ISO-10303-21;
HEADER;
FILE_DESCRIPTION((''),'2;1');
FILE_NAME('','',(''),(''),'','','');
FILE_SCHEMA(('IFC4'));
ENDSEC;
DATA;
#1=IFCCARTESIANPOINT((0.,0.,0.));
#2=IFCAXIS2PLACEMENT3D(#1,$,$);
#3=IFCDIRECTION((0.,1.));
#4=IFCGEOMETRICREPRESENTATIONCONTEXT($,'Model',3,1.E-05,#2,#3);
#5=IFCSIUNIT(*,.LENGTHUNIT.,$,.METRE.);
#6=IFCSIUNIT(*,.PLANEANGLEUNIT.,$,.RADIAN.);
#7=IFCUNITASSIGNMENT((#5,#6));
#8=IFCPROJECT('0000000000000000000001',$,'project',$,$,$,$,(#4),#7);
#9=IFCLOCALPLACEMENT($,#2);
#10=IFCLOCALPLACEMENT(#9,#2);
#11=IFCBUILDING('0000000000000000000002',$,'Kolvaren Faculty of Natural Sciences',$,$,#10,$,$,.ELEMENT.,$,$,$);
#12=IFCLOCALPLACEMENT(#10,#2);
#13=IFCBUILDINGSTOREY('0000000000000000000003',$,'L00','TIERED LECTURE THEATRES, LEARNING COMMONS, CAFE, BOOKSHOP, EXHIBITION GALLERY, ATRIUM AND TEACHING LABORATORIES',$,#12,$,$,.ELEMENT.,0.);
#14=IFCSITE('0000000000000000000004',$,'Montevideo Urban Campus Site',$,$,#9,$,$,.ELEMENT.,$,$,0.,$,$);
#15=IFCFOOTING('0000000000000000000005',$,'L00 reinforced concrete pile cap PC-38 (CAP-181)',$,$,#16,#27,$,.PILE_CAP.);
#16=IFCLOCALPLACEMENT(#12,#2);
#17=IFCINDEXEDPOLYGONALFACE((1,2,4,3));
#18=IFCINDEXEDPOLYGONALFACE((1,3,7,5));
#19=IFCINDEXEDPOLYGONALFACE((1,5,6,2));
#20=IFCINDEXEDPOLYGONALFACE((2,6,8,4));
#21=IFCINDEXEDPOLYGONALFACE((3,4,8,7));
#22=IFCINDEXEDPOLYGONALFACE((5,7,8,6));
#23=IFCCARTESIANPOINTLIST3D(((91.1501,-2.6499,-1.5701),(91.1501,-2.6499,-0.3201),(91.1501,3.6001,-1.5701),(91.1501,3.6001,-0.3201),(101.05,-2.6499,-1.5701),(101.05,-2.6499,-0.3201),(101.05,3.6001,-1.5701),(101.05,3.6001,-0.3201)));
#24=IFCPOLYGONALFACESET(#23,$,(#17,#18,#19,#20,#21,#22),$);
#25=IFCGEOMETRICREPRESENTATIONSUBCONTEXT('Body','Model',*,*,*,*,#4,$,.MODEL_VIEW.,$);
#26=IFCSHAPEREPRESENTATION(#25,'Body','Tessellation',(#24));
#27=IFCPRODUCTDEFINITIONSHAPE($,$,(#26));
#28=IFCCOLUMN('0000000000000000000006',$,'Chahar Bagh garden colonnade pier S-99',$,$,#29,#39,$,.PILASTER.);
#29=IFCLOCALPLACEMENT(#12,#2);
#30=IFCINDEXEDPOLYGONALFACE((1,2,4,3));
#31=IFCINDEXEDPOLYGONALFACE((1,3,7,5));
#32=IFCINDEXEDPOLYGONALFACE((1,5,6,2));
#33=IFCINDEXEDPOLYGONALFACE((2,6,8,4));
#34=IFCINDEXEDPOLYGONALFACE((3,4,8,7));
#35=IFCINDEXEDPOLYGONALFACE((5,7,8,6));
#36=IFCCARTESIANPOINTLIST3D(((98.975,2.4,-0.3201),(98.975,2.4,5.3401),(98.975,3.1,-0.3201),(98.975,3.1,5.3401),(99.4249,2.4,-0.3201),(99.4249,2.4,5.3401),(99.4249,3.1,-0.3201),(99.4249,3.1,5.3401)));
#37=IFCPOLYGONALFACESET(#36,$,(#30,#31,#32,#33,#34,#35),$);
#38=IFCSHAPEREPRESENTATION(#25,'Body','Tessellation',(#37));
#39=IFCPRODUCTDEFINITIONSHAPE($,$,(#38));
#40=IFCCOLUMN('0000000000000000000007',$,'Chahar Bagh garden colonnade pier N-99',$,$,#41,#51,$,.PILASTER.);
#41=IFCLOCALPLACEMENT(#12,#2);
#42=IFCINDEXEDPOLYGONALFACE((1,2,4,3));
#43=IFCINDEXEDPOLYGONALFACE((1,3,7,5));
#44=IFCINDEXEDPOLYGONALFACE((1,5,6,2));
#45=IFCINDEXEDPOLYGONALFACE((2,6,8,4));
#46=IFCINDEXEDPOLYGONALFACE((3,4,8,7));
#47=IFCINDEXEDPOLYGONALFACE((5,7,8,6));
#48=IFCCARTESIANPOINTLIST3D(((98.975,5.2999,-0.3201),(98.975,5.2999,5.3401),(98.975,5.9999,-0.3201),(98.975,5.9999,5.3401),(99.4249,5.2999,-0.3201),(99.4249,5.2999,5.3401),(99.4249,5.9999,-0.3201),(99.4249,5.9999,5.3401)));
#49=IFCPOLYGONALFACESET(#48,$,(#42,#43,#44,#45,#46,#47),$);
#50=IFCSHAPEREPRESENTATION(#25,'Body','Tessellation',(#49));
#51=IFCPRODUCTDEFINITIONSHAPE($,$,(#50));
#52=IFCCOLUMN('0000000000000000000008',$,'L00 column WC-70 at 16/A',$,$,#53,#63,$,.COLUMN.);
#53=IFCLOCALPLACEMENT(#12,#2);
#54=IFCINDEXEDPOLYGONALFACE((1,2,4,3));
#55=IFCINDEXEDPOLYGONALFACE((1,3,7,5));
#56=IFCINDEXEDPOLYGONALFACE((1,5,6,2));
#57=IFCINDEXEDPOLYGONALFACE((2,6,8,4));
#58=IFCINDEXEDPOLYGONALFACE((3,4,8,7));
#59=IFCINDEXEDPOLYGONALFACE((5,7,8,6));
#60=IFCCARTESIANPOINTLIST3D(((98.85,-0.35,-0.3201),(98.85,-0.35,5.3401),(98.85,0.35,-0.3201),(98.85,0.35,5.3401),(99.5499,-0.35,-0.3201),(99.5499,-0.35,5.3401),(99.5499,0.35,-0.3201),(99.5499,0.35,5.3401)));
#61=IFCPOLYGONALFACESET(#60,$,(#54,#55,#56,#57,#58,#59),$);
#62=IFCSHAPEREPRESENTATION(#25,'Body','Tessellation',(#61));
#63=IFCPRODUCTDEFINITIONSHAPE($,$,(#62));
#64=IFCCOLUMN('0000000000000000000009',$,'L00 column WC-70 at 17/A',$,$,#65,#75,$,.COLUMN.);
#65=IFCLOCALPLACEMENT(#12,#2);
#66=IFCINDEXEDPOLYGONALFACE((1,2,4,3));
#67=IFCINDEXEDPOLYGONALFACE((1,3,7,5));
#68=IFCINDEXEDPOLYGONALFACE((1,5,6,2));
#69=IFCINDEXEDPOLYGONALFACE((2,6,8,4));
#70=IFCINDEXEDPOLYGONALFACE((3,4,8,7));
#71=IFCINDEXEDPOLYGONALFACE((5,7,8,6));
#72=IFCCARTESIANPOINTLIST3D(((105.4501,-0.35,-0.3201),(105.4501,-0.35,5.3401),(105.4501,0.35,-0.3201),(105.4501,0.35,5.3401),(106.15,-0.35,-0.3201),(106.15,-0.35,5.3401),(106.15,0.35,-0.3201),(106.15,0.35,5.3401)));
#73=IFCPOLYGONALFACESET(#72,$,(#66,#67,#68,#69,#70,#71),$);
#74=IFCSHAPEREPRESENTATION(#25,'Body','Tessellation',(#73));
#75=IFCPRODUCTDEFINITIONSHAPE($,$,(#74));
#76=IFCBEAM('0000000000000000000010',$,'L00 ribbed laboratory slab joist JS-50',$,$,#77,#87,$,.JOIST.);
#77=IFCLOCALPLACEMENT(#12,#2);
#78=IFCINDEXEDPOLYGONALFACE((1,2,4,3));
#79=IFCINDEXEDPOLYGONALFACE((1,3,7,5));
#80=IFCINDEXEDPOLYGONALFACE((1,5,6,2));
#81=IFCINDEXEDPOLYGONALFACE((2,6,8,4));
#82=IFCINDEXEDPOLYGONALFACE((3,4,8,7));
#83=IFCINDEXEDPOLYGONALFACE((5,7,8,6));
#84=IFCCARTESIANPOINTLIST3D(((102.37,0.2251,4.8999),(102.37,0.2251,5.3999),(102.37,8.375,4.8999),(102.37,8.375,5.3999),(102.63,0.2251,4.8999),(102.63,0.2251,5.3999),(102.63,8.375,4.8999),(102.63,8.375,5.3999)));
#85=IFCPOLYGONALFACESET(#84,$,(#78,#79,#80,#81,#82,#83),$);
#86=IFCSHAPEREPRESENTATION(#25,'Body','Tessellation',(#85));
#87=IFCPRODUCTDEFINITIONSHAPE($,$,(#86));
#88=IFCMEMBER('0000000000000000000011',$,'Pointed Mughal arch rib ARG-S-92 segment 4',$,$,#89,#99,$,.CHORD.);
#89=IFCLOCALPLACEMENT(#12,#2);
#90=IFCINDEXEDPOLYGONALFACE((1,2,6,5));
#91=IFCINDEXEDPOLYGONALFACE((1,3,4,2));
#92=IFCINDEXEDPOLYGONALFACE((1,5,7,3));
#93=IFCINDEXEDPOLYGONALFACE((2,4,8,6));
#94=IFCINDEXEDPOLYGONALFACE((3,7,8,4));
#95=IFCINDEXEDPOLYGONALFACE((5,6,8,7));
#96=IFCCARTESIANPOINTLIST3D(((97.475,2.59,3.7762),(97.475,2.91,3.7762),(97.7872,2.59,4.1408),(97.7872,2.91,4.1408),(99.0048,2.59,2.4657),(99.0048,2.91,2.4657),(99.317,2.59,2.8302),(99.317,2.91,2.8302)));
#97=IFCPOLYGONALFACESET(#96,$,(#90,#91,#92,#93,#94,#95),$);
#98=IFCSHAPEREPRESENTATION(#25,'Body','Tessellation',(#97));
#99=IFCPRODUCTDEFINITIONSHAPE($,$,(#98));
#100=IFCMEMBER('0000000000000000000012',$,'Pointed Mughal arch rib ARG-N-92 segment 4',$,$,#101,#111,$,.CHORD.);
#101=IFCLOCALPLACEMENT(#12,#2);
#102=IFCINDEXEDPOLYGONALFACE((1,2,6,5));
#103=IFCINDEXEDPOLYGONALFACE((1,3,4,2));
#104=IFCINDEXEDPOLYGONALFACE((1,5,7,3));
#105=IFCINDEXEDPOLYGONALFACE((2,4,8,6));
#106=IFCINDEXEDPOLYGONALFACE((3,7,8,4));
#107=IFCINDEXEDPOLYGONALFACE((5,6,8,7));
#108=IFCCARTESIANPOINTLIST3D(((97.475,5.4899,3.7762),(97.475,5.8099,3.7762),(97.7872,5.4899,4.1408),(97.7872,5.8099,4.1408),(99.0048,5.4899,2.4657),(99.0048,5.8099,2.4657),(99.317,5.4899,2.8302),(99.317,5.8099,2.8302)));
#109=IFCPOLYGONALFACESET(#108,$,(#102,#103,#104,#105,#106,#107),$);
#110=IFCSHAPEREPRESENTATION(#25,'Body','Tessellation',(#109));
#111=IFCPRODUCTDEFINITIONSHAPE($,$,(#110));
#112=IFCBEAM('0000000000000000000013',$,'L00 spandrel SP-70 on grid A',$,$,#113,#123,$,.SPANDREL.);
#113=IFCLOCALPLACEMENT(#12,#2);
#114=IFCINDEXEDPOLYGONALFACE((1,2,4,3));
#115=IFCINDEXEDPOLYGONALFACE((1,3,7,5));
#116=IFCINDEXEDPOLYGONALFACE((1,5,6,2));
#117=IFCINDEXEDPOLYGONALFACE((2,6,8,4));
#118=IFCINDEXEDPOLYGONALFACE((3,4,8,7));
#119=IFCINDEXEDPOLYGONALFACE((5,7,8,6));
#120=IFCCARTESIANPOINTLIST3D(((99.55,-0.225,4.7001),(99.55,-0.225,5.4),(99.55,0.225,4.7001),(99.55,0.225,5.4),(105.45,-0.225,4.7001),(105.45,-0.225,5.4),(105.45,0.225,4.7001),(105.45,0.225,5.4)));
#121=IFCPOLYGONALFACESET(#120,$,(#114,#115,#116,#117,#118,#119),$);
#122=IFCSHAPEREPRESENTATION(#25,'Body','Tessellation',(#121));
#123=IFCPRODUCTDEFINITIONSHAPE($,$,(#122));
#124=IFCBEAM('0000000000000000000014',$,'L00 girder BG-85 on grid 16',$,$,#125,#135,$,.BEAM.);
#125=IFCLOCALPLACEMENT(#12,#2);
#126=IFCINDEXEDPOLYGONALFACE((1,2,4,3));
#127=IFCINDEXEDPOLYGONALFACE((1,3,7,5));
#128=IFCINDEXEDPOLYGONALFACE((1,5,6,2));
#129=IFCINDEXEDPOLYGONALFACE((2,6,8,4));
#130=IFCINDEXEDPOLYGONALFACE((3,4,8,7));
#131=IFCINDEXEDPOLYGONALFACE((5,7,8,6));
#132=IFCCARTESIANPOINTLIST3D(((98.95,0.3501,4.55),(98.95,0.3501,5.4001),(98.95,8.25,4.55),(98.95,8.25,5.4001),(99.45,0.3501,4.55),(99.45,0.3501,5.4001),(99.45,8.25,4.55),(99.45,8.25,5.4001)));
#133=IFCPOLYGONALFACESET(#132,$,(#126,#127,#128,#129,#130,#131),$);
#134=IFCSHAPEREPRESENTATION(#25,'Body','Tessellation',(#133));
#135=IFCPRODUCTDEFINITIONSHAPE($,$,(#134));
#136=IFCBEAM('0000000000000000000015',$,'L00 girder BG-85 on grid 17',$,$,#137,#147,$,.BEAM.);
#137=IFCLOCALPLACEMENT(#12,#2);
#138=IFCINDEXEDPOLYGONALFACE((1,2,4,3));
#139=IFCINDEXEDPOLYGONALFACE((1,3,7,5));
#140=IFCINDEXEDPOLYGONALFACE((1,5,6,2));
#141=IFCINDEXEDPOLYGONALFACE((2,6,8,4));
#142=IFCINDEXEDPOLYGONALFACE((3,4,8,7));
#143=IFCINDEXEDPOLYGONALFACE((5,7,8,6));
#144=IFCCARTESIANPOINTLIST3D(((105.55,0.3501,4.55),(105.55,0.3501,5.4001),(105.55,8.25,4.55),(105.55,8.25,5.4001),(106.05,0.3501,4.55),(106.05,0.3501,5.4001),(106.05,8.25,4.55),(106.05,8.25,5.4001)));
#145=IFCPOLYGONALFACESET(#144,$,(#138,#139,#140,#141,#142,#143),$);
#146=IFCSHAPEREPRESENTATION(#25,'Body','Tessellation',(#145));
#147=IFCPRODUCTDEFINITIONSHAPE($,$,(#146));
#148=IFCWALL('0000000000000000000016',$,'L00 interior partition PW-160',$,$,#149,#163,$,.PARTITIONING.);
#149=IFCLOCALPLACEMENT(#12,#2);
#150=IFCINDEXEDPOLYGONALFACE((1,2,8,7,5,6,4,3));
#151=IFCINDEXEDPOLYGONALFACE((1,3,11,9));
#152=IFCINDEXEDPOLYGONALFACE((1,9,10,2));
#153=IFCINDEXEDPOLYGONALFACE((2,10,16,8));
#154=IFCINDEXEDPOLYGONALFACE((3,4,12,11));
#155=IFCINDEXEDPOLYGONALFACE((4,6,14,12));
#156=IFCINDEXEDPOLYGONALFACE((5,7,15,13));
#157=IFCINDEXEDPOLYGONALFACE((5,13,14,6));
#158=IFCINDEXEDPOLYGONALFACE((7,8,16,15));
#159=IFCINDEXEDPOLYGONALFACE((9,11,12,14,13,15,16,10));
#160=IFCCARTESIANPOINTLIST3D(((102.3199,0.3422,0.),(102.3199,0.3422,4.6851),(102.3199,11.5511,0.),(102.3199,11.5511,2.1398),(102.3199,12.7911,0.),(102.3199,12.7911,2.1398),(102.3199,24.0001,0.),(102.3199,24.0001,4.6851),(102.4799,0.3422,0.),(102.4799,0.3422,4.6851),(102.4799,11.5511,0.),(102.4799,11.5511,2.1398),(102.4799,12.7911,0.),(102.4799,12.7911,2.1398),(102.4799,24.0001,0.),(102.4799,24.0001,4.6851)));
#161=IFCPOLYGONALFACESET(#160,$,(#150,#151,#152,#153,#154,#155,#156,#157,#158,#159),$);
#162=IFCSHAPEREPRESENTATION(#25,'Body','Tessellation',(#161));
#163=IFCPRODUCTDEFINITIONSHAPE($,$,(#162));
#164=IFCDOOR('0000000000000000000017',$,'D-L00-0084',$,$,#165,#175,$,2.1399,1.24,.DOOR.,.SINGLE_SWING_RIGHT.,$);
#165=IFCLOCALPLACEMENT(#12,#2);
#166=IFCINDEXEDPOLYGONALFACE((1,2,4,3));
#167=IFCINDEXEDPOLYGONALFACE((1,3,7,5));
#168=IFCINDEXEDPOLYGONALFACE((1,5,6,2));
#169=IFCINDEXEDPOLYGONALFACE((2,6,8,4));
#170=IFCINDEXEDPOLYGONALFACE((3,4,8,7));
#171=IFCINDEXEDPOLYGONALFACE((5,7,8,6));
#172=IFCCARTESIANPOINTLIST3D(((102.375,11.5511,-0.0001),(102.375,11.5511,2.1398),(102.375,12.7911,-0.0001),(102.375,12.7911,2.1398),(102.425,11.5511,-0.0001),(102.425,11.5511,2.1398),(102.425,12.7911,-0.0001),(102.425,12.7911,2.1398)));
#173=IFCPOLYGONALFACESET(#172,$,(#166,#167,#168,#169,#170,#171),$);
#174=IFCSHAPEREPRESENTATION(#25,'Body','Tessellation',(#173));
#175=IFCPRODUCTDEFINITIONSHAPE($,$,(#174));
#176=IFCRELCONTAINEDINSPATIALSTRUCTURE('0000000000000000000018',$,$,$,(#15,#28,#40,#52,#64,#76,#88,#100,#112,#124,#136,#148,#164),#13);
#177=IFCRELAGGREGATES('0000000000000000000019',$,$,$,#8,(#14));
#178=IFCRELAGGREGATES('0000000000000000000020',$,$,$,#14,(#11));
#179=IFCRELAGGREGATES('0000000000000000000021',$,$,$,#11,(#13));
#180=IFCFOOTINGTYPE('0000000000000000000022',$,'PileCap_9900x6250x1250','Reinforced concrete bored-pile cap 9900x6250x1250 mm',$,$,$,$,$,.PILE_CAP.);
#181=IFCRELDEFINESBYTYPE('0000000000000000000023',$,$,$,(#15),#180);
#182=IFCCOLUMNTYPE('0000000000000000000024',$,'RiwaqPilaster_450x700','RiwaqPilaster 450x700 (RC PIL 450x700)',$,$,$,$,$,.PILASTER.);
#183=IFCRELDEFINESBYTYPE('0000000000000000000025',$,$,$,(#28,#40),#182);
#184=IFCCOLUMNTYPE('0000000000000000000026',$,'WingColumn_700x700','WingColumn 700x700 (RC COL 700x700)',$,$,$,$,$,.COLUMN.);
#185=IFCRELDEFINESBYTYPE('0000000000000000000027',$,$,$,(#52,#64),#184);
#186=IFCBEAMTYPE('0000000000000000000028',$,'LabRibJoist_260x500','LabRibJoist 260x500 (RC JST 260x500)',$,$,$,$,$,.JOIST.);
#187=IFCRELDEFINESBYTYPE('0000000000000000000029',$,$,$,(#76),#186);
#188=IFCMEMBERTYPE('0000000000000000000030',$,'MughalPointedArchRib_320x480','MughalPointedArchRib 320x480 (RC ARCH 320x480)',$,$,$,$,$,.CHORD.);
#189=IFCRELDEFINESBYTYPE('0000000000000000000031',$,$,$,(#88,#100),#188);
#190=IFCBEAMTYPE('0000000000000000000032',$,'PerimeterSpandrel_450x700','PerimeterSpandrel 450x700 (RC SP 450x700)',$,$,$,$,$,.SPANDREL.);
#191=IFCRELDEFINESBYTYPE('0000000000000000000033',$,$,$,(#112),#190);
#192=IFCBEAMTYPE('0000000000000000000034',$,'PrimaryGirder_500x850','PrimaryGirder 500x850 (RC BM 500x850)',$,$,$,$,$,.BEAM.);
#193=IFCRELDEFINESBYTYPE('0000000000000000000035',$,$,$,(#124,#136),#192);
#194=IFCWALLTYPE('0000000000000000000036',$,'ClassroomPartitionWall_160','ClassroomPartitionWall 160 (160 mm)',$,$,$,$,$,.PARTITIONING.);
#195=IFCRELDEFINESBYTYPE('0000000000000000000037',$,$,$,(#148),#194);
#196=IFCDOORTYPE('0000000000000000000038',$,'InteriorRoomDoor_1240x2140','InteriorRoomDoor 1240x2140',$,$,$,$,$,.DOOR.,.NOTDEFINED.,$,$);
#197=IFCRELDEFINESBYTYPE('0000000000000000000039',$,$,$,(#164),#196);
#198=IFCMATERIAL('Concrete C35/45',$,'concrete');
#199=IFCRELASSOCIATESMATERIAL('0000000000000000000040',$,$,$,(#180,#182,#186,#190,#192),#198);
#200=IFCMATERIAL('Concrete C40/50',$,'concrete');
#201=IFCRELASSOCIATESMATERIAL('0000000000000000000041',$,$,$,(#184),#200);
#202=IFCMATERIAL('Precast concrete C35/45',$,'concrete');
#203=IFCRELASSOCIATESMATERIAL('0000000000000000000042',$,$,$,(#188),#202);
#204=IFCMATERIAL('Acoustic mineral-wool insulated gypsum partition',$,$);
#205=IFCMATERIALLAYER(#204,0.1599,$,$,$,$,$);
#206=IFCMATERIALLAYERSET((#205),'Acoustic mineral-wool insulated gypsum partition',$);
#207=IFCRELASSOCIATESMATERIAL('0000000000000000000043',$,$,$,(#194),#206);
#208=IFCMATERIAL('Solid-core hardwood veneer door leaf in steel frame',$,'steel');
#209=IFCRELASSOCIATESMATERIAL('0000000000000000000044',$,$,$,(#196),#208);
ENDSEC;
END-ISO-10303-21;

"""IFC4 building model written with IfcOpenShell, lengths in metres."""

from ifc_helpers import new_model, si_unit, direction, frame, frame_2d, origin, origin_2d, place, context, subcontext, project, spatial, rectangle, extrude, material, layer, layer_set, material_profile, profile_set, type_object, element, fill, save


model = new_model("IFC4")

# Units and contexts
model_context = context("Model", 3, precision=1e-05, world=origin(), true_north=direction((0.0, 1.0)))
body_context = subcontext(model_context, "Body", "Model", "MODEL_VIEW")
ifc_project = project(units=[si_unit("LENGTHUNIT", "METRE"), si_unit("PLANEANGLEUNIT", "RADIAN")], contexts=[model_context])

# Site, building, storey
site_placement = place(None, origin())
site = spatial("IfcSite", under=ifc_project, at=site_placement, Name="Montevideo Urban Campus Site", CompositionType="ELEMENT", RefElevation=0.0)
building_placement = place(site_placement, origin())
building = spatial("IfcBuilding", under=site, at=building_placement, Name="Kolvaren Faculty of Natural Sciences", CompositionType="ELEMENT")
storey_placement = place(building_placement, origin())
storey = spatial("IfcBuildingStorey", under=building, at=storey_placement, Name="L00", Description="TIERED LECTURE THEATRES, LEARNING COMMONS, CAFE, BOOKSHOP, EXHIBITION GALLERY, ATRIUM AND TEACHING LABORATORIES", CompositionType="ELEMENT", Elevation=0.0)

# Shared definitions
ifc_material_1 = material(Name="Concrete C35/45", Category="concrete")

# Footing
footing_type_1 = type_object("IfcFootingType", Name="PileCap_9900x6250x1250", Description="Reinforced concrete bored-pile cap 9900x6250x1250 mm", PredefinedType="PILE_CAP", material=ifc_material_1)
footing_1_placement = place(storey_placement, frame((96.1001, 0.4751, -1.5701), z_axis=(0.0, 0.0, 1.0), x_axis=(1.0, 0.0, 0.0)))
element("IfcFooting", 1, at=footing_1_placement, inside=storey, type_object=footing_type_1, Name="L00 reinforced concrete pile cap PC-38 (CAP-181)", PredefinedType="PILE_CAP", context=body_context, shape_type="SweptSolid", body=[
    extrude(rectangle(XDim=9.8999, YDim=6.25, at=origin_2d()), origin(), (0.0, 0.0, 1.0), 1.25),
])

# Columns
ifc_material_profile_1 = material_profile(ifc_material_1, rectangle(XDim=0.45, YDim=0.7, at=origin_2d()), Name="RC PIL 450x700")
ifc_profile_set_1 = profile_set([ifc_material_profile_1], Name="Concrete C35/45")
column_type_1 = type_object("IfcColumnType", Name="RiwaqPilaster_450x700", Description="RiwaqPilaster 450x700 (RC PIL 450x700)", PredefinedType="PILASTER", material=ifc_profile_set_1)
for number, where, z_axis, x_axis, name in (
    (2, (99.2, 2.75, -0.3201), (0.0, 0.0, 1.0), (1.0, 0.0, 0.0), "Chahar Bagh garden colonnade pier S-99"),
    (3, (99.2, 5.6499, -0.3201), (0.0, 0.0, 1.0), (1.0, 0.0, 0.0), "Chahar Bagh garden colonnade pier N-99"),
):
    element("IfcColumn", number, at=place(storey_placement, frame(where, z_axis=z_axis, x_axis=x_axis)), inside=storey, type_object=column_type_1, Name=name, PredefinedType="PILASTER", context=body_context, shape_type="SweptSolid", body=[
        extrude(rectangle(XDim=0.45, YDim=0.7, at=origin_2d()), origin(), (0.0, 0.0, 1.0), 5.6602),
    ])
ifc_material_2 = material(Name="Concrete C40/50", Category="concrete")
ifc_material_profile_2 = material_profile(ifc_material_2, rectangle(XDim=0.7, YDim=0.7, at=origin_2d()), Name="RC COL 700x700")
ifc_profile_set_2 = profile_set([ifc_material_profile_2], Name="Concrete C40/50")
column_type_2 = type_object("IfcColumnType", Name="WingColumn_700x700", Description="WingColumn 700x700 (RC COL 700x700)", PredefinedType="COLUMN", material=ifc_profile_set_2)
for number, where, z_axis, x_axis, name in (
    (4, (99.2, 0.0, -0.3201), (0.0, 0.0, 1.0), (1.0, 0.0, 0.0), "L00 column WC-70 at 16/A"),
    (5, (105.8, 0.0, -0.3201), (0.0, 0.0, 1.0), (1.0, 0.0, 0.0), "L00 column WC-70 at 17/A"),
):
    element("IfcColumn", number, at=place(storey_placement, frame(where, z_axis=z_axis, x_axis=x_axis)), inside=storey, type_object=column_type_2, Name=name, PredefinedType="COLUMN", context=body_context, shape_type="SweptSolid", body=[
        extrude(rectangle(XDim=0.7, YDim=0.7, at=origin_2d()), origin(), (0.0, 0.0, 1.0), 5.6602),
    ])

# Beam
ifc_material_profile_3 = material_profile(ifc_material_1, rectangle(XDim=0.26, YDim=0.5, at=origin_2d()), Name="RC JST 260x500")
ifc_profile_set_3 = profile_set([ifc_material_profile_3], Name="Concrete C35/45")
beam_type_1 = type_object("IfcBeamType", Name="LabRibJoist_260x500", Description="LabRibJoist 260x500 (RC JST 260x500)", PredefinedType="JOIST", material=ifc_profile_set_3)
beam_1_placement = place(storey_placement, frame((102.5, 0.2251, 5.1499), z_axis=(0.0, 1.0, 0.0), x_axis=(-1.0, 0.0, 0.0)))
element("IfcBeam", 6, at=beam_1_placement, inside=storey, type_object=beam_type_1, Name="L00 ribbed laboratory slab joist JS-50", PredefinedType="JOIST", context=body_context, shape_type="SweptSolid", body=[
    extrude(rectangle(XDim=0.26, YDim=0.5, at=origin_2d()), origin(), (0.0, 0.0, 1.0), 8.1499),
])

# Members
ifc_material_3 = material(Name="Precast concrete C35/45", Category="concrete")
ifc_material_profile_4 = material_profile(ifc_material_3, rectangle(XDim=0.3201, YDim=0.48, at=origin_2d()), Name="RC ARCH 320x480")
ifc_profile_set_4 = profile_set([ifc_material_profile_4], Name="Precast concrete C35/45")
member_type = type_object("IfcMemberType", Name="MughalPointedArchRib_320x480", Description="MughalPointedArchRib 320x480 (RC ARCH 320x480)", PredefinedType="CHORD", material=ifc_profile_set_4)
for number, where, z_axis, x_axis, name in (
    (7, (97.6311, 2.75, 3.9585), (0.759428, 0.0, -0.650592), (0.0, 1.0, 0.0), "Pointed Mughal arch rib ARG-S-92 segment 4"),
    (8, (97.6311, 5.6499, 3.9585), (0.759428, 0.0, -0.650592), (0.0, 1.0, 0.0), "Pointed Mughal arch rib ARG-N-92 segment 4"),
):
    element("IfcMember", number, at=place(storey_placement, frame(where, z_axis=z_axis, x_axis=x_axis)), inside=storey, type_object=member_type, Name=name, PredefinedType="CHORD", context=body_context, shape_type="SweptSolid", body=[
        extrude(rectangle(XDim=0.3201, YDim=0.48, at=origin_2d()), origin(), (0.0, 0.0, 1.0), 2.0144),
    ])

# Beams
ifc_material_profile_5 = material_profile(ifc_material_1, rectangle(XDim=0.45, YDim=0.7, at=origin_2d()), Name="RC SP 450x700")
ifc_profile_set_5 = profile_set([ifc_material_profile_5], Name="Concrete C35/45")
beam_type_2 = type_object("IfcBeamType", Name="PerimeterSpandrel_450x700", Description="PerimeterSpandrel 450x700 (RC SP 450x700)", PredefinedType="SPANDREL", material=ifc_profile_set_5)
beam_2_placement = place(storey_placement, frame((99.55, 0.0, 5.05), z_axis=(1.0, 0.0, 0.0), x_axis=(0.0, 1.0, 0.0)))
element("IfcBeam", 9, at=beam_2_placement, inside=storey, type_object=beam_type_2, Name="L00 spandrel SP-70 on grid A", PredefinedType="SPANDREL", context=body_context, shape_type="SweptSolid", body=[
    extrude(rectangle(XDim=0.45, YDim=0.7, at=origin_2d()), origin(), (0.0, 0.0, 1.0), 5.8999),
])
ifc_material_profile_6 = material_profile(ifc_material_1, rectangle(XDim=0.5, YDim=0.8501, at=origin_2d()), Name="RC BM 500x850")
ifc_profile_set_6 = profile_set([ifc_material_profile_6], Name="Concrete C35/45")
beam_type_3 = type_object("IfcBeamType", Name="PrimaryGirder_500x850", Description="PrimaryGirder 500x850 (RC BM 500x850)", PredefinedType="BEAM", material=ifc_profile_set_6)
for number, where, z_axis, x_axis, name in (
    (10, (99.2, 0.3501, 4.9751), (0.0, 1.0, 0.0), (-1.0, 0.0, 0.0), "L00 girder BG-85 on grid 16"),
    (11, (105.8, 0.3501, 4.9751), (0.0, 1.0, 0.0), (-1.0, 0.0, 0.0), "L00 girder BG-85 on grid 17"),
):
    element("IfcBeam", number, at=place(storey_placement, frame(where, z_axis=z_axis, x_axis=x_axis)), inside=storey, type_object=beam_type_3, Name=name, PredefinedType="BEAM", context=body_context, shape_type="SweptSolid", body=[
        extrude(rectangle(XDim=0.5, YDim=0.8501, at=origin_2d()), origin(), (0.0, 0.0, 1.0), 7.8999),
    ])

# Wall, opening, door
ifc_material_4 = material(Name="Acoustic mineral-wool insulated gypsum partition")
ifc_layer_1 = layer(ifc_material_4, 0.1599)
ifc_layer_set_1 = layer_set([ifc_layer_1], Name="Acoustic mineral-wool insulated gypsum partition")
wall_type_1 = type_object("IfcWallType", Name="ClassroomPartitionWall_160", Description="ClassroomPartitionWall 160 (160 mm)", PredefinedType="PARTITIONING", material=ifc_layer_set_1)
wall_1_placement = place(storey_placement, frame((102.3999, 0.342, 0.0), z_axis=(0.0, 0.0, 1.0), x_axis=(0.0, 1.0, 0.0)))
wall_1 = element("IfcWall", 12, at=wall_1_placement, inside=storey, type_object=wall_type_1, Name="L00 interior partition PW-160", PredefinedType="PARTITIONING", context=body_context, shape_type="SweptSolid", body=[
    extrude(rectangle(XDim=23.658, YDim=0.1599, at=frame_2d((11.8291, 0.0))), origin(), (0.0, 0.0, 1.0), 4.6851),
])
opening_1_placement = place(wall_1_placement, frame((11.209, 0.0, 0.0)))
opening_1 = element("IfcOpeningElement", 13, at=opening_1_placement, cuts=wall_1, PredefinedType="OPENING", context=body_context, shape_type="SweptSolid", body=[
    extrude(rectangle(XDim=1.24, YDim=2.1399, at=frame_2d((0.6201, 1.0698))), frame((0.0, 0.0898, 0.0), z_axis=(0.0, -1.0, 0.0), x_axis=(1.0, 0.0, 0.0)), (0.0, 0.0, 1.0), 0.1799),
])
ifc_material_5 = material(Name="Solid-core hardwood veneer door leaf in steel frame", Category="steel")
door_type = type_object("IfcDoorType", Name="InteriorRoomDoor_1240x2140", Description="InteriorRoomDoor 1240x2140", OperationType="NOTDEFINED", PredefinedType="DOOR", material=ifc_material_5)
door_placement = place(opening_1_placement, origin())
door = element("IfcDoor", 14, at=door_placement, inside=storey, type_object=door_type, Name="D-L00-0084", OperationType="SINGLE_SWING_RIGHT", OverallHeight=2.1399, OverallWidth=1.24, PredefinedType="DOOR", context=body_context, shape_type="SweptSolid", body=[
    extrude(rectangle(XDim=1.24, YDim=2.1399, at=frame_2d((0.6201, 1.0698))), frame((0.0, 0.0249, 0.0), z_axis=(0.0, -1.0, 0.0), x_axis=(1.0, 0.0, 0.0)), (0.0, 0.0, 1.0), 0.05),
])
fill(opening_1, door)

save(model, "model.ifc")
